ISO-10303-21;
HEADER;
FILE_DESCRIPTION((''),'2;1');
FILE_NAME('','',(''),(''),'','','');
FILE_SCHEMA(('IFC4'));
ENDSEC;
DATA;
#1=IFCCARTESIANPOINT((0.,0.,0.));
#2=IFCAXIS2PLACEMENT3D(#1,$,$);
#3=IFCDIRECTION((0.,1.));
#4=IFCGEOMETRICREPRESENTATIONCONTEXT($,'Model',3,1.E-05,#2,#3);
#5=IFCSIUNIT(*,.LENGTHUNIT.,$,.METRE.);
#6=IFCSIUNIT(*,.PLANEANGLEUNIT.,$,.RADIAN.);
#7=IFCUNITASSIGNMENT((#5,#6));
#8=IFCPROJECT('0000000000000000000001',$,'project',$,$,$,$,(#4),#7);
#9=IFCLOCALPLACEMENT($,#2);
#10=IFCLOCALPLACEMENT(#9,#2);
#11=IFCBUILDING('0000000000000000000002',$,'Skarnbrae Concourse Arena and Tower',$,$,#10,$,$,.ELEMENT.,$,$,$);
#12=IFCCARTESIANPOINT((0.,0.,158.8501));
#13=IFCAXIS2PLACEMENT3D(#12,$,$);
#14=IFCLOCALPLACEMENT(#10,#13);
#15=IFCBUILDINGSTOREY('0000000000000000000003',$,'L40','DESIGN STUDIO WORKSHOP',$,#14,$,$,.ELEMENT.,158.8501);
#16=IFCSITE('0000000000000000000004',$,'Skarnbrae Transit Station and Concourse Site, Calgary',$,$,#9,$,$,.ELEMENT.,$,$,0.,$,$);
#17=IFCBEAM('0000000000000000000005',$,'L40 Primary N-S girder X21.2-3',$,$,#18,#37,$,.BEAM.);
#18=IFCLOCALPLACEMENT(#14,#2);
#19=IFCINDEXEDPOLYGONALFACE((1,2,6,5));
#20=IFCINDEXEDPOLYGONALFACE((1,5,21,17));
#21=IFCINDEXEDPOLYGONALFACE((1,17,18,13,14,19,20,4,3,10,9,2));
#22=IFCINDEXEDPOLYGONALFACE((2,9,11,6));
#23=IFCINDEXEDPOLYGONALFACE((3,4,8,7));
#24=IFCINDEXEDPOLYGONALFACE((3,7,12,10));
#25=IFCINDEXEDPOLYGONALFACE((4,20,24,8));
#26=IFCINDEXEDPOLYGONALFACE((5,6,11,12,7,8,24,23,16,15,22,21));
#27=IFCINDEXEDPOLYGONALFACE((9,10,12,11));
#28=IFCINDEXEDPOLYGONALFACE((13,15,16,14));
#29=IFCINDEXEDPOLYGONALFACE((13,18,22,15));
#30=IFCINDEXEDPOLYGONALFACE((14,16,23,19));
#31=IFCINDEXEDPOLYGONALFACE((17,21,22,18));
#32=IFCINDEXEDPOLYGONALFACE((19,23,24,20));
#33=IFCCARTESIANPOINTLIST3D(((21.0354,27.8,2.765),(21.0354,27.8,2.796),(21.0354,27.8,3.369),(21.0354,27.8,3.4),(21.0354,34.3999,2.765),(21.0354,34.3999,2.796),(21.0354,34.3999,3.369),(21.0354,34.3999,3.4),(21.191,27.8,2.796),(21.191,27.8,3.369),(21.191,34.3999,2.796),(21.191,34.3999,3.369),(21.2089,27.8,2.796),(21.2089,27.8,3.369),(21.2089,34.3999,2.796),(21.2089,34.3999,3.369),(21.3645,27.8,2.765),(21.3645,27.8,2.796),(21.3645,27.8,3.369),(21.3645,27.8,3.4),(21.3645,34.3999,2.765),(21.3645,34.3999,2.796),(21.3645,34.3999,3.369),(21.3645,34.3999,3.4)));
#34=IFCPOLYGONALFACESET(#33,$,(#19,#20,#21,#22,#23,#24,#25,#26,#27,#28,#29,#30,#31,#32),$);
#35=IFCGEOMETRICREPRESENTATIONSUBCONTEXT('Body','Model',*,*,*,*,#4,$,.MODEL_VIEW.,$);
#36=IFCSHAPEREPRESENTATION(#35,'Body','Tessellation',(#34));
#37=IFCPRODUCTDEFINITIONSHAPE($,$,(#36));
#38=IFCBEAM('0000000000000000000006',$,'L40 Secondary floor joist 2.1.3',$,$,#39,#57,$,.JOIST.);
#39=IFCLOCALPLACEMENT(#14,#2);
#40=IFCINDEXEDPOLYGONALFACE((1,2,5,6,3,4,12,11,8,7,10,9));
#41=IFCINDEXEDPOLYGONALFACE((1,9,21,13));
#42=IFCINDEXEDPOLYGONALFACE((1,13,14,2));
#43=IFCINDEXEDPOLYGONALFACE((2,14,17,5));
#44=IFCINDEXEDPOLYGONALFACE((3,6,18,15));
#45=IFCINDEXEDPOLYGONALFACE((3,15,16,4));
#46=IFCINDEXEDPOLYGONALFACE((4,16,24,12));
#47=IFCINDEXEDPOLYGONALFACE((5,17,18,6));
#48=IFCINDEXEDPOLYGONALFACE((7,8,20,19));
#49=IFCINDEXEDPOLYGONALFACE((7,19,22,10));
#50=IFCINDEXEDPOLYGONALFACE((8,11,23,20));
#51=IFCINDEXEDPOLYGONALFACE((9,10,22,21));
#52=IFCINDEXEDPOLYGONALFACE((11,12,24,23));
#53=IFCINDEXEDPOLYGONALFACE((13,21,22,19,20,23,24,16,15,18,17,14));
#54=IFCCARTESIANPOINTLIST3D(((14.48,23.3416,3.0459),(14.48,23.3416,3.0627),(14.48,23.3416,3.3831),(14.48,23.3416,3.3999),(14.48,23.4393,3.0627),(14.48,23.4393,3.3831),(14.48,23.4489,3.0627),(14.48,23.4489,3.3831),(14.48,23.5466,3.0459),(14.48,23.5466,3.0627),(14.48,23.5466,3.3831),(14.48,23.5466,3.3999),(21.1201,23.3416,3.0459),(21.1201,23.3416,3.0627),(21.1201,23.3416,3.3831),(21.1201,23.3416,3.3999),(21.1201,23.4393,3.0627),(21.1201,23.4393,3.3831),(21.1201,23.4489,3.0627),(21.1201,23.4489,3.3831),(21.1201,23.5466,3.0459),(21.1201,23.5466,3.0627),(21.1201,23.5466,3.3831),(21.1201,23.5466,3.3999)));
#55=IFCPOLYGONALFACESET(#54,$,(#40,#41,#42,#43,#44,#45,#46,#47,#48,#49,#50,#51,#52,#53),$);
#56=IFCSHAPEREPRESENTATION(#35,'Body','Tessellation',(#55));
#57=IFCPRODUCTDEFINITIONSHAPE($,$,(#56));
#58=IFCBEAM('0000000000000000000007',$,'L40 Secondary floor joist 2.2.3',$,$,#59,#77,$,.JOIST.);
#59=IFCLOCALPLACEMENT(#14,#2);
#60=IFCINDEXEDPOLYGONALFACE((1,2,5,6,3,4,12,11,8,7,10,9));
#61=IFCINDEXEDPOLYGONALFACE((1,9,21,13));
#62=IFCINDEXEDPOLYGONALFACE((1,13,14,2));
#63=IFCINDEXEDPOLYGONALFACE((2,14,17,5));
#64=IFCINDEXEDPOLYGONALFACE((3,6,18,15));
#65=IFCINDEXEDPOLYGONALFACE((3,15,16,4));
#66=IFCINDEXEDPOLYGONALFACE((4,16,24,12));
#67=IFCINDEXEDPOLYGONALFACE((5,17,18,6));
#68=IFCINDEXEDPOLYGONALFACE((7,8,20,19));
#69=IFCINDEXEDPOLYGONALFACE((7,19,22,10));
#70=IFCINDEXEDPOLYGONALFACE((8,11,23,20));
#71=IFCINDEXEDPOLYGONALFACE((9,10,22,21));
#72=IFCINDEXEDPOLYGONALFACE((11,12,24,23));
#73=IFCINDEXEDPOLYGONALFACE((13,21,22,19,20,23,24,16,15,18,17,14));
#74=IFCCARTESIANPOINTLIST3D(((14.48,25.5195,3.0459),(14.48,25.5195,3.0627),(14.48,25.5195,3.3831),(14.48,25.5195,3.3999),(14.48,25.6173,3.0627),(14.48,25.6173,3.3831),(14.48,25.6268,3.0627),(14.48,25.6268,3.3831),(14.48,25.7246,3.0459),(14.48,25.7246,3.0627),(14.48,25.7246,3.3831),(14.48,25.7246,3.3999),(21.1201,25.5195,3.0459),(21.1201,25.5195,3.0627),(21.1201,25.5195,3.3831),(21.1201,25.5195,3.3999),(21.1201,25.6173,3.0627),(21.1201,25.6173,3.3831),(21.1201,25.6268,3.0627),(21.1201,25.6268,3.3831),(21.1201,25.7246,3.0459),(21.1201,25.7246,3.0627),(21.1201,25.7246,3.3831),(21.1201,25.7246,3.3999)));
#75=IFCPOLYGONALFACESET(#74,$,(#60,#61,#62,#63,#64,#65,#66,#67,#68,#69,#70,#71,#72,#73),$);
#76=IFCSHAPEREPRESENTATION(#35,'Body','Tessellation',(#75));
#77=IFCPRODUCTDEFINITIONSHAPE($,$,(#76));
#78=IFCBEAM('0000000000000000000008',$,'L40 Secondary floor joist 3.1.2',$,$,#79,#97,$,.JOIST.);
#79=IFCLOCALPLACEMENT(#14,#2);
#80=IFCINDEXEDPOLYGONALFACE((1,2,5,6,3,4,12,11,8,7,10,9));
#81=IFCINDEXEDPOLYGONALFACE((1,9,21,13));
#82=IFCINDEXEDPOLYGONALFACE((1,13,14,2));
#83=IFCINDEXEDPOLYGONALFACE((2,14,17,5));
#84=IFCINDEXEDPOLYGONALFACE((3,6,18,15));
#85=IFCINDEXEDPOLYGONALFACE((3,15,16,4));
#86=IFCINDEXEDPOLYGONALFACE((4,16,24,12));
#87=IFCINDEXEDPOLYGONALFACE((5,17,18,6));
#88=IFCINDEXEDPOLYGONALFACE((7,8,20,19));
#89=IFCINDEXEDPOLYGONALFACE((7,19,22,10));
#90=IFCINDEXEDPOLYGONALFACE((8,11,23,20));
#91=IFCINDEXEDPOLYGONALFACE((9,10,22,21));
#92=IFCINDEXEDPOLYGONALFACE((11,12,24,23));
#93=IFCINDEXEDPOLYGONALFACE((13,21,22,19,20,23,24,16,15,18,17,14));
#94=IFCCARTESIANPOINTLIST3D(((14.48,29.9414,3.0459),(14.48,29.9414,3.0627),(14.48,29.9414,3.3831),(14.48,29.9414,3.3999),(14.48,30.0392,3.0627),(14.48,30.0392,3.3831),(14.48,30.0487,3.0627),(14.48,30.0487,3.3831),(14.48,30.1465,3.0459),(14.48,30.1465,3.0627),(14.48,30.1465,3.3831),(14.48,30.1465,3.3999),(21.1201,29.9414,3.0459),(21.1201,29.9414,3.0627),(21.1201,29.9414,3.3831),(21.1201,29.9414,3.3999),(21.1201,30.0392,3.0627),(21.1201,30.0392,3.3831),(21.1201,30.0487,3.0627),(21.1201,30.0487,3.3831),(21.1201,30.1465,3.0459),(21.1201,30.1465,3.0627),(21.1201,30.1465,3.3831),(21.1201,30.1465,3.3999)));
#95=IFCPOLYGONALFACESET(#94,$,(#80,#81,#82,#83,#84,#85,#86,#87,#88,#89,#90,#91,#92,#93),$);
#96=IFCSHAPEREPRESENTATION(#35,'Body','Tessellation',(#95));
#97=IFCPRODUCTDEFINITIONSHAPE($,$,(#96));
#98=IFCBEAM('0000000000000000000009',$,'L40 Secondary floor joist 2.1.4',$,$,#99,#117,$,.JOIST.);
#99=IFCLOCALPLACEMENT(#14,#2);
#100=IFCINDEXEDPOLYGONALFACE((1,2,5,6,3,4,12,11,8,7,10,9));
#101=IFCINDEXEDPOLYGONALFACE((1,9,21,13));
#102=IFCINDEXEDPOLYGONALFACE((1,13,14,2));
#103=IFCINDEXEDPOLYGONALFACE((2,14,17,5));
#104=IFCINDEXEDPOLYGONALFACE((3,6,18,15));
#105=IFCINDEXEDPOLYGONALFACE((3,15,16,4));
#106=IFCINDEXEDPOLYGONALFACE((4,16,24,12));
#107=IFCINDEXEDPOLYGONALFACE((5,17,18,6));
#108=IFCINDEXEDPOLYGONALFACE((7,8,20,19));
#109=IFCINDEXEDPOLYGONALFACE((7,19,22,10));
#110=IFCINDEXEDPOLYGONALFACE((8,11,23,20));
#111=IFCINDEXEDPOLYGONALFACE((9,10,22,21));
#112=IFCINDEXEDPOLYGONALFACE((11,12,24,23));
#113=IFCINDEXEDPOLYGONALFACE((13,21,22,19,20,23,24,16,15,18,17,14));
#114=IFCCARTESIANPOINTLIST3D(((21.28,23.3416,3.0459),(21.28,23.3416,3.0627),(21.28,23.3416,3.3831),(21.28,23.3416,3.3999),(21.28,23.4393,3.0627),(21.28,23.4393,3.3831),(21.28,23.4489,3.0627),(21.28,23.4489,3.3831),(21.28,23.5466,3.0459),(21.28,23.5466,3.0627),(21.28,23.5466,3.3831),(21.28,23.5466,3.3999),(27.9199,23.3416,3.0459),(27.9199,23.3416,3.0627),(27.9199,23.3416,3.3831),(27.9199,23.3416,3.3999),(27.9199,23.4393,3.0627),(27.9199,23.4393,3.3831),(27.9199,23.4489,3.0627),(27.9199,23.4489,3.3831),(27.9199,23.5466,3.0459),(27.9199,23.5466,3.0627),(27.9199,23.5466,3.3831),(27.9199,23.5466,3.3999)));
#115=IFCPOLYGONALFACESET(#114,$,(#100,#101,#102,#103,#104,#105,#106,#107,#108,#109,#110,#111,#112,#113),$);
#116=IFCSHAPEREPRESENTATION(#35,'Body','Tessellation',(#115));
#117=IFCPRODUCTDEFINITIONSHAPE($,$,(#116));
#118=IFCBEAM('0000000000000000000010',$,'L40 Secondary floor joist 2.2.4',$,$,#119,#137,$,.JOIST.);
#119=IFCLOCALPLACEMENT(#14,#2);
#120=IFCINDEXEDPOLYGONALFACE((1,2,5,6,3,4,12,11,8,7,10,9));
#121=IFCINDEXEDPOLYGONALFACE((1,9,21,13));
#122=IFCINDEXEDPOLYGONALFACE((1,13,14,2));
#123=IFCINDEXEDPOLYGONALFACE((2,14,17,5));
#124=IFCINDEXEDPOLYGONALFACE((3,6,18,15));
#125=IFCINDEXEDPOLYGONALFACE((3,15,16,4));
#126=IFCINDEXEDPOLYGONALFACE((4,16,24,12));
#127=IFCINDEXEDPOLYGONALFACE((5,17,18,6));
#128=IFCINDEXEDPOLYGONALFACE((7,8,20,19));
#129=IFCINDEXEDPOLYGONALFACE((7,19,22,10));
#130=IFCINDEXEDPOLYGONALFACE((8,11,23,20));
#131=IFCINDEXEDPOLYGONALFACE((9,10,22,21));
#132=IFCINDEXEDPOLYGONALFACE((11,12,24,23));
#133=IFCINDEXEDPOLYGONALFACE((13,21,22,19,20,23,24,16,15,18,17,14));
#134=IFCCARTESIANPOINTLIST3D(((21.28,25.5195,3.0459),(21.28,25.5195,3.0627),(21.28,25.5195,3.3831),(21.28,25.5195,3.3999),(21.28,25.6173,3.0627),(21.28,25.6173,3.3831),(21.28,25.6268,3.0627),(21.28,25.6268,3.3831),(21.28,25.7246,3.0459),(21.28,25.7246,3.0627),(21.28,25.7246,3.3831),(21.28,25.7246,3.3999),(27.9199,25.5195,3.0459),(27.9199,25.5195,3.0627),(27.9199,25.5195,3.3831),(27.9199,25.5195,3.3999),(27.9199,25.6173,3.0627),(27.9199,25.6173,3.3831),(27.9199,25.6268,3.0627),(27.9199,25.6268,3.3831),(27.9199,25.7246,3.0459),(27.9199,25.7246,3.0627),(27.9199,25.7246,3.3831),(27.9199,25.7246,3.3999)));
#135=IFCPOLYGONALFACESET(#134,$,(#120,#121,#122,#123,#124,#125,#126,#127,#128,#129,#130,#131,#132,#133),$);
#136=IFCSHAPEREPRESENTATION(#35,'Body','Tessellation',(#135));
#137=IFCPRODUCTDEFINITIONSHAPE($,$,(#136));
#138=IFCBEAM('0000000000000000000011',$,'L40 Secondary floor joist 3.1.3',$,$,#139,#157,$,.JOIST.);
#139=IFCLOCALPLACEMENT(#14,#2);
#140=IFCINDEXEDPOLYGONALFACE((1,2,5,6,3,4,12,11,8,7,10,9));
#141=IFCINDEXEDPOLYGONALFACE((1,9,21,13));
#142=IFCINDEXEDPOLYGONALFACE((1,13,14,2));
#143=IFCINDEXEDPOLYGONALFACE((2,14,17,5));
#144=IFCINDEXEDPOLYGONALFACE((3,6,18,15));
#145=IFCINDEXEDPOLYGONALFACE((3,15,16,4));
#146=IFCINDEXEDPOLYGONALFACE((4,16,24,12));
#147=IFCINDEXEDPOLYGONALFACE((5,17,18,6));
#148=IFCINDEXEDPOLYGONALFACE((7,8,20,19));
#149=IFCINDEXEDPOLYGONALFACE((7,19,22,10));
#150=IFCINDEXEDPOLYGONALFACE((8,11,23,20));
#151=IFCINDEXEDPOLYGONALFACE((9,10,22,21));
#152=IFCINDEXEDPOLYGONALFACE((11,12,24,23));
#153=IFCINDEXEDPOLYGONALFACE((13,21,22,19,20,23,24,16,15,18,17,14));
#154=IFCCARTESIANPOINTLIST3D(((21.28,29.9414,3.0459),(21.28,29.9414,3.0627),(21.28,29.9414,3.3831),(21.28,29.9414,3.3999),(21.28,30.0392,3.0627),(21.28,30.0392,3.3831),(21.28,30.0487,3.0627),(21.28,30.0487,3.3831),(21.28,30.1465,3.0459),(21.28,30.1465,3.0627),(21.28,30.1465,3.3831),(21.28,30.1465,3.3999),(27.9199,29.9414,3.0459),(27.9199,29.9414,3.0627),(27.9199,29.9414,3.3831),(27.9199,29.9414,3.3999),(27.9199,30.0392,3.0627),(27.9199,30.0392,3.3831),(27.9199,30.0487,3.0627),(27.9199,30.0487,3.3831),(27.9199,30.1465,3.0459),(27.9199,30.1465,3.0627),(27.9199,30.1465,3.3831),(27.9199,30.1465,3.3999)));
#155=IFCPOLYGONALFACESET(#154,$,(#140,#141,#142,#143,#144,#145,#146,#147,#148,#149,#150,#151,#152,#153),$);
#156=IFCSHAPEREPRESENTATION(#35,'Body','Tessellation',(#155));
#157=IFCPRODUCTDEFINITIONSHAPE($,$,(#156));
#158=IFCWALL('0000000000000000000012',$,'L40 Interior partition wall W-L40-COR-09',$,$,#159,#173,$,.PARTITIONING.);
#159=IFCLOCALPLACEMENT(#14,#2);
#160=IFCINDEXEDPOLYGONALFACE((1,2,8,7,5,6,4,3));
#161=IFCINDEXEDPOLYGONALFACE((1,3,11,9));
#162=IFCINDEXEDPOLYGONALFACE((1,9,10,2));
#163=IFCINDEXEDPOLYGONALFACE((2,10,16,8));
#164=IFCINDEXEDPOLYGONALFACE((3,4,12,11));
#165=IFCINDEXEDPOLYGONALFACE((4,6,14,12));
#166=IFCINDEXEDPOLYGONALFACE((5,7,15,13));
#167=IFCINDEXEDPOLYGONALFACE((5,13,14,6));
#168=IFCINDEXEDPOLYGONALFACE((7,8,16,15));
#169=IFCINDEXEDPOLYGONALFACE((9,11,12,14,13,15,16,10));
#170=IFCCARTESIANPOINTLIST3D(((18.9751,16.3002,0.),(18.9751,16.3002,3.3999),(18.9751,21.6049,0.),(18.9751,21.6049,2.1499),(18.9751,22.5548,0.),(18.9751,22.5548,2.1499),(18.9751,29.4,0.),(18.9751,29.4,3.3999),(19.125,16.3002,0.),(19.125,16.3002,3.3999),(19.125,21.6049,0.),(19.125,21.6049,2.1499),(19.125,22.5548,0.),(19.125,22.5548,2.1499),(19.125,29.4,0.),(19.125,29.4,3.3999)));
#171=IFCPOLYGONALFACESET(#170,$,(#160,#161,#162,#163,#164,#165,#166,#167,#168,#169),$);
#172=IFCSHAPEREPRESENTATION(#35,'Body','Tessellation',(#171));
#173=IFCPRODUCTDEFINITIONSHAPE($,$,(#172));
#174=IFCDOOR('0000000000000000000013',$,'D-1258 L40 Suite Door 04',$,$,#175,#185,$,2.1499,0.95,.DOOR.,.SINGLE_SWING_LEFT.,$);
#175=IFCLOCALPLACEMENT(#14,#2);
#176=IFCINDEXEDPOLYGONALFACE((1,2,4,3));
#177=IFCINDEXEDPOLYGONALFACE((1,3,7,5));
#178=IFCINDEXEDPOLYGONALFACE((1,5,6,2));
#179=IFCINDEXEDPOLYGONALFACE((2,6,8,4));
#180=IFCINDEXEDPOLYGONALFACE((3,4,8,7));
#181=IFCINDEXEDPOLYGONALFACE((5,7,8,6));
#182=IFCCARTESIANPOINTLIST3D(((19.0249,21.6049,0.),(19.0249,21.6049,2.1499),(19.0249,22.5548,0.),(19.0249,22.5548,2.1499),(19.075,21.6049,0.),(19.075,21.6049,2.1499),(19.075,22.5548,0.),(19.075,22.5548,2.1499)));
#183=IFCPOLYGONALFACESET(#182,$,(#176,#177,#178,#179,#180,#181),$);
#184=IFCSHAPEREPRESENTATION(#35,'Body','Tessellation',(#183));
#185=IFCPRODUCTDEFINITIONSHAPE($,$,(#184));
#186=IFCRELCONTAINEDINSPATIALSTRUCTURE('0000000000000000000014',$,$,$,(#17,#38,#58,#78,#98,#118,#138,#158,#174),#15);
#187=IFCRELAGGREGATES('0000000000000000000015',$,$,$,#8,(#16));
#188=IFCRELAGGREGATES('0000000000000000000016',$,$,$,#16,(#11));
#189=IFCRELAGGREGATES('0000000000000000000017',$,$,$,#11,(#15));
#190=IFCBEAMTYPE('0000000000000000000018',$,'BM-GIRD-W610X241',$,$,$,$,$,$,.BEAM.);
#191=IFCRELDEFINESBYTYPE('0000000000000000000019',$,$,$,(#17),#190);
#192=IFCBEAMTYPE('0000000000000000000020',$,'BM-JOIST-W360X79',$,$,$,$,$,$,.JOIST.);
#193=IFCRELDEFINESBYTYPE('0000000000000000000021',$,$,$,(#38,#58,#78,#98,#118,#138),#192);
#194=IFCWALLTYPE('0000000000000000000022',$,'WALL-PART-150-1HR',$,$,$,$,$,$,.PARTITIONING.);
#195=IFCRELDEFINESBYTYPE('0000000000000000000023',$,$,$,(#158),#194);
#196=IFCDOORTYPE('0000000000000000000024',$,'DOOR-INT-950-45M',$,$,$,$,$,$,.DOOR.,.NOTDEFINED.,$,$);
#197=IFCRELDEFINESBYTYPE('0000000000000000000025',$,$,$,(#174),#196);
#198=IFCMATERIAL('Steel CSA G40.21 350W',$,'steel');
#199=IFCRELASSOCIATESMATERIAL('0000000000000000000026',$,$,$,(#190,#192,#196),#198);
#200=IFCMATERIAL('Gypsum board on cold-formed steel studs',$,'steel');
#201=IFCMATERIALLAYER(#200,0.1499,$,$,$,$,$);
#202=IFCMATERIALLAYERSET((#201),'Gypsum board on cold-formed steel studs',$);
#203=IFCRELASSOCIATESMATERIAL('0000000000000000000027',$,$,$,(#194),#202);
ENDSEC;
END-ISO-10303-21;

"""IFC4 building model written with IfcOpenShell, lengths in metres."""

from ifc_helpers import new_model, si_unit, direction, frame, frame_2d, origin, origin_2d, place, context, subcontext, project, spatial, rectangle, i_section, extrude, source, transform, mapped, material, layer, layer_set, material_profile, profile_set, type_object, element, fill, save


model = new_model("IFC4")

# Units and contexts
model_context = context("Model", 3, precision=1e-05, world=origin(), true_north=direction((0.0, 1.0)))
body_context = subcontext(model_context, "Body", "Model", "MODEL_VIEW")
ifc_project = project(units=[si_unit("LENGTHUNIT", "METRE"), si_unit("PLANEANGLEUNIT", "RADIAN")], contexts=[model_context])

# Site, building, storey
site_placement = place(None, origin())
site = spatial("IfcSite", under=ifc_project, at=site_placement, Name="Skarnbrae Transit Station and Concourse Site, Calgary", CompositionType="ELEMENT", RefElevation=0.0)
building_placement = place(site_placement, origin())
building = spatial("IfcBuilding", under=site, at=building_placement, Name="Skarnbrae Concourse Arena and Tower", CompositionType="ELEMENT")
storey_placement = place(building_placement, frame((0.0, 0.0, 158.8501)))
storey = spatial("IfcBuildingStorey", under=building, at=storey_placement, Name="L40", Description="DESIGN STUDIO WORKSHOP", CompositionType="ELEMENT", Elevation=158.8501)

# Shared definitions
ifc_material_1 = material(Name="Steel CSA G40.21 350W", Category="steel")

# Beams
ifc_material_profile_1 = material_profile(ifc_material_1, i_section(OverallWidth=0.3291, OverallDepth=0.635, WebThickness=0.0178, FlangeThickness=0.031, at=origin_2d()), Name="W610X241")
ifc_profile_set_1 = profile_set([ifc_material_profile_1], Name="Steel CSA G40.21 350W")
beam_type_1 = type_object("IfcBeamType", Name="BM-GIRD-W610X241", PredefinedType="BEAM", material=ifc_profile_set_1)
shared_shape_1 = source(origin(), body_context, "Body", "SweptSolid", [
    extrude(i_section(OverallWidth=0.3291, OverallDepth=0.635, WebThickness=0.0178, FlangeThickness=0.031, at=origin_2d()), origin(), (0.0, 0.0, 1.0), 6.5999),
])
for number, where, z_axis, x_axis, name in (
    (1, (21.2, 27.8, 3.0825), (0.0, 1.0, 0.0), (-1.0, 0.0, 0.0), "L40 Primary N-S girder X21.2-3"),
):
    element("IfcBeam", number, at=place(storey_placement, frame(where, z_axis=z_axis, x_axis=x_axis)), inside=storey, type_object=beam_type_1, Name=name, PredefinedType="BEAM", context=body_context, shape_type="MappedRepresentation", body=[
        mapped(shared_shape_1, transform((0.0, 0.0, 0.0))),
    ])
ifc_material_profile_2 = material_profile(ifc_material_1, i_section(OverallWidth=0.2051, OverallDepth=0.354, WebThickness=0.0095, FlangeThickness=0.0168, at=origin_2d()), Name="W360X79")
ifc_profile_set_2 = profile_set([ifc_material_profile_2], Name="Steel CSA G40.21 350W")
beam_type_2 = type_object("IfcBeamType", Name="BM-JOIST-W360X79", PredefinedType="JOIST", material=ifc_profile_set_2)
shared_shape_2 = source(origin(), body_context, "Body", "SweptSolid", [
    extrude(i_section(OverallWidth=0.2051, OverallDepth=0.354, WebThickness=0.0095, FlangeThickness=0.0168, at=origin_2d()), origin(), (0.0, 0.0, 1.0), 6.6401),
])
for number, where, z_axis, x_axis, name in (
    (2, (14.48, 23.4441, 3.2229), (1.0, 0.0, 0.0), (0.0, 1.0, 0.0), "L40 Secondary floor joist 2.1.3"),
    (3, (14.48, 25.6221, 3.2229), (1.0, 0.0, 0.0), (0.0, 1.0, 0.0), "L40 Secondary floor joist 2.2.3"),
    (4, (14.48, 30.0439, 3.2229), (1.0, 0.0, 0.0), (0.0, 1.0, 0.0), "L40 Secondary floor joist 3.1.2"),
):
    element("IfcBeam", number, at=place(storey_placement, frame(where, z_axis=z_axis, x_axis=x_axis)), inside=storey, type_object=beam_type_2, Name=name, PredefinedType="JOIST", context=body_context, shape_type="MappedRepresentation", body=[
        mapped(shared_shape_2, transform((0.0, 0.0, 0.0))),
    ])
shared_shape_3 = source(origin(), body_context, "Body", "SweptSolid", [
    extrude(i_section(OverallWidth=0.2051, OverallDepth=0.354, WebThickness=0.0095, FlangeThickness=0.0168, at=origin_2d()), origin(), (0.0, 0.0, 1.0), 6.6399),
])
for number, where, z_axis, x_axis, name in (
    (5, (21.28, 23.4441, 3.2229), (1.0, 0.0, 0.0), (0.0, 1.0, 0.0), "L40 Secondary floor joist 2.1.4"),
    (6, (21.28, 25.6221, 3.2229), (1.0, 0.0, 0.0), (0.0, 1.0, 0.0), "L40 Secondary floor joist 2.2.4"),
    (7, (21.28, 30.0439, 3.2229), (1.0, 0.0, 0.0), (0.0, 1.0, 0.0), "L40 Secondary floor joist 3.1.3"),
):
    element("IfcBeam", number, at=place(storey_placement, frame(where, z_axis=z_axis, x_axis=x_axis)), inside=storey, type_object=beam_type_2, Name=name, PredefinedType="JOIST", context=body_context, shape_type="MappedRepresentation", body=[
        mapped(shared_shape_3, transform((0.0, 0.0, 0.0))),
    ])

# Wall, opening, door
ifc_material_2 = material(Name="Gypsum board on cold-formed steel studs", Category="steel")
ifc_layer_1 = layer(ifc_material_2, 0.1499)
ifc_layer_set_1 = layer_set([ifc_layer_1], Name="Gypsum board on cold-formed steel studs")
wall_type_1 = type_object("IfcWallType", Name="WALL-PART-150-1HR", PredefinedType="PARTITIONING", material=ifc_layer_set_1)
shared_shape_4 = source(origin(), body_context, "Body", "SweptSolid", [
    extrude(rectangle(XDim=13.0999, YDim=0.1499, at=frame_2d((6.5498, 0.0))), origin(), (0.0, 0.0, 1.0), 3.3999),
])
wall_1_placement = place(storey_placement, frame((19.05, 29.3999, 0.0), z_axis=(0.0, 0.0, 1.0), x_axis=(0.0, -1.0, 0.0)))
wall_1 = element("IfcWall", 8, at=wall_1_placement, inside=storey, type_object=wall_type_1, Name="L40 Interior partition wall W-L40-COR-09", PredefinedType="PARTITIONING", context=body_context, shape_type="MappedRepresentation", body=[
    mapped(shared_shape_4, transform((0.0, 0.0, 0.0))),
])
opening_placement = place(wall_1_placement, frame((6.845, 0.0, 0.0)))
opening = element("IfcOpeningElement", 9, at=opening_placement, cuts=wall_1, PredefinedType="OPENING", context=body_context, shape_type="SweptSolid", body=[
    extrude(rectangle(XDim=0.95, YDim=2.1499, at=frame_2d((0.4751, 1.075))), frame((0.0, 0.085, 0.0), z_axis=(0.0, -1.0, 0.0), x_axis=(1.0, 0.0, 0.0)), (0.0, 0.0, 1.0), 0.1699),
])
door_type = type_object("IfcDoorType", Name="DOOR-INT-950-45M", OperationType="NOTDEFINED", PredefinedType="DOOR", material=ifc_material_1)
shared_shape_5 = source(origin(), body_context, "Body", "SweptSolid", [
    extrude(rectangle(XDim=0.95, YDim=2.1499, at=frame_2d((0.4751, 1.075))), frame((0.0, 0.0249, 0.0), z_axis=(0.0, -1.0, 0.0), x_axis=(1.0, 0.0, 0.0)), (0.0, 0.0, 1.0), 0.05),
])
door_placement = place(opening_placement, origin())
door = element("IfcDoor", 10, at=door_placement, inside=storey, type_object=door_type, Name="D-1258 L40 Suite Door 04", OperationType="SINGLE_SWING_LEFT", OverallHeight=2.1499, OverallWidth=0.95, PredefinedType="DOOR", context=body_context, shape_type="MappedRepresentation", body=[
    mapped(shared_shape_5, transform((0.0, 0.0, 0.0))),
])
fill(opening, door)

save(model, "model.ifc")
